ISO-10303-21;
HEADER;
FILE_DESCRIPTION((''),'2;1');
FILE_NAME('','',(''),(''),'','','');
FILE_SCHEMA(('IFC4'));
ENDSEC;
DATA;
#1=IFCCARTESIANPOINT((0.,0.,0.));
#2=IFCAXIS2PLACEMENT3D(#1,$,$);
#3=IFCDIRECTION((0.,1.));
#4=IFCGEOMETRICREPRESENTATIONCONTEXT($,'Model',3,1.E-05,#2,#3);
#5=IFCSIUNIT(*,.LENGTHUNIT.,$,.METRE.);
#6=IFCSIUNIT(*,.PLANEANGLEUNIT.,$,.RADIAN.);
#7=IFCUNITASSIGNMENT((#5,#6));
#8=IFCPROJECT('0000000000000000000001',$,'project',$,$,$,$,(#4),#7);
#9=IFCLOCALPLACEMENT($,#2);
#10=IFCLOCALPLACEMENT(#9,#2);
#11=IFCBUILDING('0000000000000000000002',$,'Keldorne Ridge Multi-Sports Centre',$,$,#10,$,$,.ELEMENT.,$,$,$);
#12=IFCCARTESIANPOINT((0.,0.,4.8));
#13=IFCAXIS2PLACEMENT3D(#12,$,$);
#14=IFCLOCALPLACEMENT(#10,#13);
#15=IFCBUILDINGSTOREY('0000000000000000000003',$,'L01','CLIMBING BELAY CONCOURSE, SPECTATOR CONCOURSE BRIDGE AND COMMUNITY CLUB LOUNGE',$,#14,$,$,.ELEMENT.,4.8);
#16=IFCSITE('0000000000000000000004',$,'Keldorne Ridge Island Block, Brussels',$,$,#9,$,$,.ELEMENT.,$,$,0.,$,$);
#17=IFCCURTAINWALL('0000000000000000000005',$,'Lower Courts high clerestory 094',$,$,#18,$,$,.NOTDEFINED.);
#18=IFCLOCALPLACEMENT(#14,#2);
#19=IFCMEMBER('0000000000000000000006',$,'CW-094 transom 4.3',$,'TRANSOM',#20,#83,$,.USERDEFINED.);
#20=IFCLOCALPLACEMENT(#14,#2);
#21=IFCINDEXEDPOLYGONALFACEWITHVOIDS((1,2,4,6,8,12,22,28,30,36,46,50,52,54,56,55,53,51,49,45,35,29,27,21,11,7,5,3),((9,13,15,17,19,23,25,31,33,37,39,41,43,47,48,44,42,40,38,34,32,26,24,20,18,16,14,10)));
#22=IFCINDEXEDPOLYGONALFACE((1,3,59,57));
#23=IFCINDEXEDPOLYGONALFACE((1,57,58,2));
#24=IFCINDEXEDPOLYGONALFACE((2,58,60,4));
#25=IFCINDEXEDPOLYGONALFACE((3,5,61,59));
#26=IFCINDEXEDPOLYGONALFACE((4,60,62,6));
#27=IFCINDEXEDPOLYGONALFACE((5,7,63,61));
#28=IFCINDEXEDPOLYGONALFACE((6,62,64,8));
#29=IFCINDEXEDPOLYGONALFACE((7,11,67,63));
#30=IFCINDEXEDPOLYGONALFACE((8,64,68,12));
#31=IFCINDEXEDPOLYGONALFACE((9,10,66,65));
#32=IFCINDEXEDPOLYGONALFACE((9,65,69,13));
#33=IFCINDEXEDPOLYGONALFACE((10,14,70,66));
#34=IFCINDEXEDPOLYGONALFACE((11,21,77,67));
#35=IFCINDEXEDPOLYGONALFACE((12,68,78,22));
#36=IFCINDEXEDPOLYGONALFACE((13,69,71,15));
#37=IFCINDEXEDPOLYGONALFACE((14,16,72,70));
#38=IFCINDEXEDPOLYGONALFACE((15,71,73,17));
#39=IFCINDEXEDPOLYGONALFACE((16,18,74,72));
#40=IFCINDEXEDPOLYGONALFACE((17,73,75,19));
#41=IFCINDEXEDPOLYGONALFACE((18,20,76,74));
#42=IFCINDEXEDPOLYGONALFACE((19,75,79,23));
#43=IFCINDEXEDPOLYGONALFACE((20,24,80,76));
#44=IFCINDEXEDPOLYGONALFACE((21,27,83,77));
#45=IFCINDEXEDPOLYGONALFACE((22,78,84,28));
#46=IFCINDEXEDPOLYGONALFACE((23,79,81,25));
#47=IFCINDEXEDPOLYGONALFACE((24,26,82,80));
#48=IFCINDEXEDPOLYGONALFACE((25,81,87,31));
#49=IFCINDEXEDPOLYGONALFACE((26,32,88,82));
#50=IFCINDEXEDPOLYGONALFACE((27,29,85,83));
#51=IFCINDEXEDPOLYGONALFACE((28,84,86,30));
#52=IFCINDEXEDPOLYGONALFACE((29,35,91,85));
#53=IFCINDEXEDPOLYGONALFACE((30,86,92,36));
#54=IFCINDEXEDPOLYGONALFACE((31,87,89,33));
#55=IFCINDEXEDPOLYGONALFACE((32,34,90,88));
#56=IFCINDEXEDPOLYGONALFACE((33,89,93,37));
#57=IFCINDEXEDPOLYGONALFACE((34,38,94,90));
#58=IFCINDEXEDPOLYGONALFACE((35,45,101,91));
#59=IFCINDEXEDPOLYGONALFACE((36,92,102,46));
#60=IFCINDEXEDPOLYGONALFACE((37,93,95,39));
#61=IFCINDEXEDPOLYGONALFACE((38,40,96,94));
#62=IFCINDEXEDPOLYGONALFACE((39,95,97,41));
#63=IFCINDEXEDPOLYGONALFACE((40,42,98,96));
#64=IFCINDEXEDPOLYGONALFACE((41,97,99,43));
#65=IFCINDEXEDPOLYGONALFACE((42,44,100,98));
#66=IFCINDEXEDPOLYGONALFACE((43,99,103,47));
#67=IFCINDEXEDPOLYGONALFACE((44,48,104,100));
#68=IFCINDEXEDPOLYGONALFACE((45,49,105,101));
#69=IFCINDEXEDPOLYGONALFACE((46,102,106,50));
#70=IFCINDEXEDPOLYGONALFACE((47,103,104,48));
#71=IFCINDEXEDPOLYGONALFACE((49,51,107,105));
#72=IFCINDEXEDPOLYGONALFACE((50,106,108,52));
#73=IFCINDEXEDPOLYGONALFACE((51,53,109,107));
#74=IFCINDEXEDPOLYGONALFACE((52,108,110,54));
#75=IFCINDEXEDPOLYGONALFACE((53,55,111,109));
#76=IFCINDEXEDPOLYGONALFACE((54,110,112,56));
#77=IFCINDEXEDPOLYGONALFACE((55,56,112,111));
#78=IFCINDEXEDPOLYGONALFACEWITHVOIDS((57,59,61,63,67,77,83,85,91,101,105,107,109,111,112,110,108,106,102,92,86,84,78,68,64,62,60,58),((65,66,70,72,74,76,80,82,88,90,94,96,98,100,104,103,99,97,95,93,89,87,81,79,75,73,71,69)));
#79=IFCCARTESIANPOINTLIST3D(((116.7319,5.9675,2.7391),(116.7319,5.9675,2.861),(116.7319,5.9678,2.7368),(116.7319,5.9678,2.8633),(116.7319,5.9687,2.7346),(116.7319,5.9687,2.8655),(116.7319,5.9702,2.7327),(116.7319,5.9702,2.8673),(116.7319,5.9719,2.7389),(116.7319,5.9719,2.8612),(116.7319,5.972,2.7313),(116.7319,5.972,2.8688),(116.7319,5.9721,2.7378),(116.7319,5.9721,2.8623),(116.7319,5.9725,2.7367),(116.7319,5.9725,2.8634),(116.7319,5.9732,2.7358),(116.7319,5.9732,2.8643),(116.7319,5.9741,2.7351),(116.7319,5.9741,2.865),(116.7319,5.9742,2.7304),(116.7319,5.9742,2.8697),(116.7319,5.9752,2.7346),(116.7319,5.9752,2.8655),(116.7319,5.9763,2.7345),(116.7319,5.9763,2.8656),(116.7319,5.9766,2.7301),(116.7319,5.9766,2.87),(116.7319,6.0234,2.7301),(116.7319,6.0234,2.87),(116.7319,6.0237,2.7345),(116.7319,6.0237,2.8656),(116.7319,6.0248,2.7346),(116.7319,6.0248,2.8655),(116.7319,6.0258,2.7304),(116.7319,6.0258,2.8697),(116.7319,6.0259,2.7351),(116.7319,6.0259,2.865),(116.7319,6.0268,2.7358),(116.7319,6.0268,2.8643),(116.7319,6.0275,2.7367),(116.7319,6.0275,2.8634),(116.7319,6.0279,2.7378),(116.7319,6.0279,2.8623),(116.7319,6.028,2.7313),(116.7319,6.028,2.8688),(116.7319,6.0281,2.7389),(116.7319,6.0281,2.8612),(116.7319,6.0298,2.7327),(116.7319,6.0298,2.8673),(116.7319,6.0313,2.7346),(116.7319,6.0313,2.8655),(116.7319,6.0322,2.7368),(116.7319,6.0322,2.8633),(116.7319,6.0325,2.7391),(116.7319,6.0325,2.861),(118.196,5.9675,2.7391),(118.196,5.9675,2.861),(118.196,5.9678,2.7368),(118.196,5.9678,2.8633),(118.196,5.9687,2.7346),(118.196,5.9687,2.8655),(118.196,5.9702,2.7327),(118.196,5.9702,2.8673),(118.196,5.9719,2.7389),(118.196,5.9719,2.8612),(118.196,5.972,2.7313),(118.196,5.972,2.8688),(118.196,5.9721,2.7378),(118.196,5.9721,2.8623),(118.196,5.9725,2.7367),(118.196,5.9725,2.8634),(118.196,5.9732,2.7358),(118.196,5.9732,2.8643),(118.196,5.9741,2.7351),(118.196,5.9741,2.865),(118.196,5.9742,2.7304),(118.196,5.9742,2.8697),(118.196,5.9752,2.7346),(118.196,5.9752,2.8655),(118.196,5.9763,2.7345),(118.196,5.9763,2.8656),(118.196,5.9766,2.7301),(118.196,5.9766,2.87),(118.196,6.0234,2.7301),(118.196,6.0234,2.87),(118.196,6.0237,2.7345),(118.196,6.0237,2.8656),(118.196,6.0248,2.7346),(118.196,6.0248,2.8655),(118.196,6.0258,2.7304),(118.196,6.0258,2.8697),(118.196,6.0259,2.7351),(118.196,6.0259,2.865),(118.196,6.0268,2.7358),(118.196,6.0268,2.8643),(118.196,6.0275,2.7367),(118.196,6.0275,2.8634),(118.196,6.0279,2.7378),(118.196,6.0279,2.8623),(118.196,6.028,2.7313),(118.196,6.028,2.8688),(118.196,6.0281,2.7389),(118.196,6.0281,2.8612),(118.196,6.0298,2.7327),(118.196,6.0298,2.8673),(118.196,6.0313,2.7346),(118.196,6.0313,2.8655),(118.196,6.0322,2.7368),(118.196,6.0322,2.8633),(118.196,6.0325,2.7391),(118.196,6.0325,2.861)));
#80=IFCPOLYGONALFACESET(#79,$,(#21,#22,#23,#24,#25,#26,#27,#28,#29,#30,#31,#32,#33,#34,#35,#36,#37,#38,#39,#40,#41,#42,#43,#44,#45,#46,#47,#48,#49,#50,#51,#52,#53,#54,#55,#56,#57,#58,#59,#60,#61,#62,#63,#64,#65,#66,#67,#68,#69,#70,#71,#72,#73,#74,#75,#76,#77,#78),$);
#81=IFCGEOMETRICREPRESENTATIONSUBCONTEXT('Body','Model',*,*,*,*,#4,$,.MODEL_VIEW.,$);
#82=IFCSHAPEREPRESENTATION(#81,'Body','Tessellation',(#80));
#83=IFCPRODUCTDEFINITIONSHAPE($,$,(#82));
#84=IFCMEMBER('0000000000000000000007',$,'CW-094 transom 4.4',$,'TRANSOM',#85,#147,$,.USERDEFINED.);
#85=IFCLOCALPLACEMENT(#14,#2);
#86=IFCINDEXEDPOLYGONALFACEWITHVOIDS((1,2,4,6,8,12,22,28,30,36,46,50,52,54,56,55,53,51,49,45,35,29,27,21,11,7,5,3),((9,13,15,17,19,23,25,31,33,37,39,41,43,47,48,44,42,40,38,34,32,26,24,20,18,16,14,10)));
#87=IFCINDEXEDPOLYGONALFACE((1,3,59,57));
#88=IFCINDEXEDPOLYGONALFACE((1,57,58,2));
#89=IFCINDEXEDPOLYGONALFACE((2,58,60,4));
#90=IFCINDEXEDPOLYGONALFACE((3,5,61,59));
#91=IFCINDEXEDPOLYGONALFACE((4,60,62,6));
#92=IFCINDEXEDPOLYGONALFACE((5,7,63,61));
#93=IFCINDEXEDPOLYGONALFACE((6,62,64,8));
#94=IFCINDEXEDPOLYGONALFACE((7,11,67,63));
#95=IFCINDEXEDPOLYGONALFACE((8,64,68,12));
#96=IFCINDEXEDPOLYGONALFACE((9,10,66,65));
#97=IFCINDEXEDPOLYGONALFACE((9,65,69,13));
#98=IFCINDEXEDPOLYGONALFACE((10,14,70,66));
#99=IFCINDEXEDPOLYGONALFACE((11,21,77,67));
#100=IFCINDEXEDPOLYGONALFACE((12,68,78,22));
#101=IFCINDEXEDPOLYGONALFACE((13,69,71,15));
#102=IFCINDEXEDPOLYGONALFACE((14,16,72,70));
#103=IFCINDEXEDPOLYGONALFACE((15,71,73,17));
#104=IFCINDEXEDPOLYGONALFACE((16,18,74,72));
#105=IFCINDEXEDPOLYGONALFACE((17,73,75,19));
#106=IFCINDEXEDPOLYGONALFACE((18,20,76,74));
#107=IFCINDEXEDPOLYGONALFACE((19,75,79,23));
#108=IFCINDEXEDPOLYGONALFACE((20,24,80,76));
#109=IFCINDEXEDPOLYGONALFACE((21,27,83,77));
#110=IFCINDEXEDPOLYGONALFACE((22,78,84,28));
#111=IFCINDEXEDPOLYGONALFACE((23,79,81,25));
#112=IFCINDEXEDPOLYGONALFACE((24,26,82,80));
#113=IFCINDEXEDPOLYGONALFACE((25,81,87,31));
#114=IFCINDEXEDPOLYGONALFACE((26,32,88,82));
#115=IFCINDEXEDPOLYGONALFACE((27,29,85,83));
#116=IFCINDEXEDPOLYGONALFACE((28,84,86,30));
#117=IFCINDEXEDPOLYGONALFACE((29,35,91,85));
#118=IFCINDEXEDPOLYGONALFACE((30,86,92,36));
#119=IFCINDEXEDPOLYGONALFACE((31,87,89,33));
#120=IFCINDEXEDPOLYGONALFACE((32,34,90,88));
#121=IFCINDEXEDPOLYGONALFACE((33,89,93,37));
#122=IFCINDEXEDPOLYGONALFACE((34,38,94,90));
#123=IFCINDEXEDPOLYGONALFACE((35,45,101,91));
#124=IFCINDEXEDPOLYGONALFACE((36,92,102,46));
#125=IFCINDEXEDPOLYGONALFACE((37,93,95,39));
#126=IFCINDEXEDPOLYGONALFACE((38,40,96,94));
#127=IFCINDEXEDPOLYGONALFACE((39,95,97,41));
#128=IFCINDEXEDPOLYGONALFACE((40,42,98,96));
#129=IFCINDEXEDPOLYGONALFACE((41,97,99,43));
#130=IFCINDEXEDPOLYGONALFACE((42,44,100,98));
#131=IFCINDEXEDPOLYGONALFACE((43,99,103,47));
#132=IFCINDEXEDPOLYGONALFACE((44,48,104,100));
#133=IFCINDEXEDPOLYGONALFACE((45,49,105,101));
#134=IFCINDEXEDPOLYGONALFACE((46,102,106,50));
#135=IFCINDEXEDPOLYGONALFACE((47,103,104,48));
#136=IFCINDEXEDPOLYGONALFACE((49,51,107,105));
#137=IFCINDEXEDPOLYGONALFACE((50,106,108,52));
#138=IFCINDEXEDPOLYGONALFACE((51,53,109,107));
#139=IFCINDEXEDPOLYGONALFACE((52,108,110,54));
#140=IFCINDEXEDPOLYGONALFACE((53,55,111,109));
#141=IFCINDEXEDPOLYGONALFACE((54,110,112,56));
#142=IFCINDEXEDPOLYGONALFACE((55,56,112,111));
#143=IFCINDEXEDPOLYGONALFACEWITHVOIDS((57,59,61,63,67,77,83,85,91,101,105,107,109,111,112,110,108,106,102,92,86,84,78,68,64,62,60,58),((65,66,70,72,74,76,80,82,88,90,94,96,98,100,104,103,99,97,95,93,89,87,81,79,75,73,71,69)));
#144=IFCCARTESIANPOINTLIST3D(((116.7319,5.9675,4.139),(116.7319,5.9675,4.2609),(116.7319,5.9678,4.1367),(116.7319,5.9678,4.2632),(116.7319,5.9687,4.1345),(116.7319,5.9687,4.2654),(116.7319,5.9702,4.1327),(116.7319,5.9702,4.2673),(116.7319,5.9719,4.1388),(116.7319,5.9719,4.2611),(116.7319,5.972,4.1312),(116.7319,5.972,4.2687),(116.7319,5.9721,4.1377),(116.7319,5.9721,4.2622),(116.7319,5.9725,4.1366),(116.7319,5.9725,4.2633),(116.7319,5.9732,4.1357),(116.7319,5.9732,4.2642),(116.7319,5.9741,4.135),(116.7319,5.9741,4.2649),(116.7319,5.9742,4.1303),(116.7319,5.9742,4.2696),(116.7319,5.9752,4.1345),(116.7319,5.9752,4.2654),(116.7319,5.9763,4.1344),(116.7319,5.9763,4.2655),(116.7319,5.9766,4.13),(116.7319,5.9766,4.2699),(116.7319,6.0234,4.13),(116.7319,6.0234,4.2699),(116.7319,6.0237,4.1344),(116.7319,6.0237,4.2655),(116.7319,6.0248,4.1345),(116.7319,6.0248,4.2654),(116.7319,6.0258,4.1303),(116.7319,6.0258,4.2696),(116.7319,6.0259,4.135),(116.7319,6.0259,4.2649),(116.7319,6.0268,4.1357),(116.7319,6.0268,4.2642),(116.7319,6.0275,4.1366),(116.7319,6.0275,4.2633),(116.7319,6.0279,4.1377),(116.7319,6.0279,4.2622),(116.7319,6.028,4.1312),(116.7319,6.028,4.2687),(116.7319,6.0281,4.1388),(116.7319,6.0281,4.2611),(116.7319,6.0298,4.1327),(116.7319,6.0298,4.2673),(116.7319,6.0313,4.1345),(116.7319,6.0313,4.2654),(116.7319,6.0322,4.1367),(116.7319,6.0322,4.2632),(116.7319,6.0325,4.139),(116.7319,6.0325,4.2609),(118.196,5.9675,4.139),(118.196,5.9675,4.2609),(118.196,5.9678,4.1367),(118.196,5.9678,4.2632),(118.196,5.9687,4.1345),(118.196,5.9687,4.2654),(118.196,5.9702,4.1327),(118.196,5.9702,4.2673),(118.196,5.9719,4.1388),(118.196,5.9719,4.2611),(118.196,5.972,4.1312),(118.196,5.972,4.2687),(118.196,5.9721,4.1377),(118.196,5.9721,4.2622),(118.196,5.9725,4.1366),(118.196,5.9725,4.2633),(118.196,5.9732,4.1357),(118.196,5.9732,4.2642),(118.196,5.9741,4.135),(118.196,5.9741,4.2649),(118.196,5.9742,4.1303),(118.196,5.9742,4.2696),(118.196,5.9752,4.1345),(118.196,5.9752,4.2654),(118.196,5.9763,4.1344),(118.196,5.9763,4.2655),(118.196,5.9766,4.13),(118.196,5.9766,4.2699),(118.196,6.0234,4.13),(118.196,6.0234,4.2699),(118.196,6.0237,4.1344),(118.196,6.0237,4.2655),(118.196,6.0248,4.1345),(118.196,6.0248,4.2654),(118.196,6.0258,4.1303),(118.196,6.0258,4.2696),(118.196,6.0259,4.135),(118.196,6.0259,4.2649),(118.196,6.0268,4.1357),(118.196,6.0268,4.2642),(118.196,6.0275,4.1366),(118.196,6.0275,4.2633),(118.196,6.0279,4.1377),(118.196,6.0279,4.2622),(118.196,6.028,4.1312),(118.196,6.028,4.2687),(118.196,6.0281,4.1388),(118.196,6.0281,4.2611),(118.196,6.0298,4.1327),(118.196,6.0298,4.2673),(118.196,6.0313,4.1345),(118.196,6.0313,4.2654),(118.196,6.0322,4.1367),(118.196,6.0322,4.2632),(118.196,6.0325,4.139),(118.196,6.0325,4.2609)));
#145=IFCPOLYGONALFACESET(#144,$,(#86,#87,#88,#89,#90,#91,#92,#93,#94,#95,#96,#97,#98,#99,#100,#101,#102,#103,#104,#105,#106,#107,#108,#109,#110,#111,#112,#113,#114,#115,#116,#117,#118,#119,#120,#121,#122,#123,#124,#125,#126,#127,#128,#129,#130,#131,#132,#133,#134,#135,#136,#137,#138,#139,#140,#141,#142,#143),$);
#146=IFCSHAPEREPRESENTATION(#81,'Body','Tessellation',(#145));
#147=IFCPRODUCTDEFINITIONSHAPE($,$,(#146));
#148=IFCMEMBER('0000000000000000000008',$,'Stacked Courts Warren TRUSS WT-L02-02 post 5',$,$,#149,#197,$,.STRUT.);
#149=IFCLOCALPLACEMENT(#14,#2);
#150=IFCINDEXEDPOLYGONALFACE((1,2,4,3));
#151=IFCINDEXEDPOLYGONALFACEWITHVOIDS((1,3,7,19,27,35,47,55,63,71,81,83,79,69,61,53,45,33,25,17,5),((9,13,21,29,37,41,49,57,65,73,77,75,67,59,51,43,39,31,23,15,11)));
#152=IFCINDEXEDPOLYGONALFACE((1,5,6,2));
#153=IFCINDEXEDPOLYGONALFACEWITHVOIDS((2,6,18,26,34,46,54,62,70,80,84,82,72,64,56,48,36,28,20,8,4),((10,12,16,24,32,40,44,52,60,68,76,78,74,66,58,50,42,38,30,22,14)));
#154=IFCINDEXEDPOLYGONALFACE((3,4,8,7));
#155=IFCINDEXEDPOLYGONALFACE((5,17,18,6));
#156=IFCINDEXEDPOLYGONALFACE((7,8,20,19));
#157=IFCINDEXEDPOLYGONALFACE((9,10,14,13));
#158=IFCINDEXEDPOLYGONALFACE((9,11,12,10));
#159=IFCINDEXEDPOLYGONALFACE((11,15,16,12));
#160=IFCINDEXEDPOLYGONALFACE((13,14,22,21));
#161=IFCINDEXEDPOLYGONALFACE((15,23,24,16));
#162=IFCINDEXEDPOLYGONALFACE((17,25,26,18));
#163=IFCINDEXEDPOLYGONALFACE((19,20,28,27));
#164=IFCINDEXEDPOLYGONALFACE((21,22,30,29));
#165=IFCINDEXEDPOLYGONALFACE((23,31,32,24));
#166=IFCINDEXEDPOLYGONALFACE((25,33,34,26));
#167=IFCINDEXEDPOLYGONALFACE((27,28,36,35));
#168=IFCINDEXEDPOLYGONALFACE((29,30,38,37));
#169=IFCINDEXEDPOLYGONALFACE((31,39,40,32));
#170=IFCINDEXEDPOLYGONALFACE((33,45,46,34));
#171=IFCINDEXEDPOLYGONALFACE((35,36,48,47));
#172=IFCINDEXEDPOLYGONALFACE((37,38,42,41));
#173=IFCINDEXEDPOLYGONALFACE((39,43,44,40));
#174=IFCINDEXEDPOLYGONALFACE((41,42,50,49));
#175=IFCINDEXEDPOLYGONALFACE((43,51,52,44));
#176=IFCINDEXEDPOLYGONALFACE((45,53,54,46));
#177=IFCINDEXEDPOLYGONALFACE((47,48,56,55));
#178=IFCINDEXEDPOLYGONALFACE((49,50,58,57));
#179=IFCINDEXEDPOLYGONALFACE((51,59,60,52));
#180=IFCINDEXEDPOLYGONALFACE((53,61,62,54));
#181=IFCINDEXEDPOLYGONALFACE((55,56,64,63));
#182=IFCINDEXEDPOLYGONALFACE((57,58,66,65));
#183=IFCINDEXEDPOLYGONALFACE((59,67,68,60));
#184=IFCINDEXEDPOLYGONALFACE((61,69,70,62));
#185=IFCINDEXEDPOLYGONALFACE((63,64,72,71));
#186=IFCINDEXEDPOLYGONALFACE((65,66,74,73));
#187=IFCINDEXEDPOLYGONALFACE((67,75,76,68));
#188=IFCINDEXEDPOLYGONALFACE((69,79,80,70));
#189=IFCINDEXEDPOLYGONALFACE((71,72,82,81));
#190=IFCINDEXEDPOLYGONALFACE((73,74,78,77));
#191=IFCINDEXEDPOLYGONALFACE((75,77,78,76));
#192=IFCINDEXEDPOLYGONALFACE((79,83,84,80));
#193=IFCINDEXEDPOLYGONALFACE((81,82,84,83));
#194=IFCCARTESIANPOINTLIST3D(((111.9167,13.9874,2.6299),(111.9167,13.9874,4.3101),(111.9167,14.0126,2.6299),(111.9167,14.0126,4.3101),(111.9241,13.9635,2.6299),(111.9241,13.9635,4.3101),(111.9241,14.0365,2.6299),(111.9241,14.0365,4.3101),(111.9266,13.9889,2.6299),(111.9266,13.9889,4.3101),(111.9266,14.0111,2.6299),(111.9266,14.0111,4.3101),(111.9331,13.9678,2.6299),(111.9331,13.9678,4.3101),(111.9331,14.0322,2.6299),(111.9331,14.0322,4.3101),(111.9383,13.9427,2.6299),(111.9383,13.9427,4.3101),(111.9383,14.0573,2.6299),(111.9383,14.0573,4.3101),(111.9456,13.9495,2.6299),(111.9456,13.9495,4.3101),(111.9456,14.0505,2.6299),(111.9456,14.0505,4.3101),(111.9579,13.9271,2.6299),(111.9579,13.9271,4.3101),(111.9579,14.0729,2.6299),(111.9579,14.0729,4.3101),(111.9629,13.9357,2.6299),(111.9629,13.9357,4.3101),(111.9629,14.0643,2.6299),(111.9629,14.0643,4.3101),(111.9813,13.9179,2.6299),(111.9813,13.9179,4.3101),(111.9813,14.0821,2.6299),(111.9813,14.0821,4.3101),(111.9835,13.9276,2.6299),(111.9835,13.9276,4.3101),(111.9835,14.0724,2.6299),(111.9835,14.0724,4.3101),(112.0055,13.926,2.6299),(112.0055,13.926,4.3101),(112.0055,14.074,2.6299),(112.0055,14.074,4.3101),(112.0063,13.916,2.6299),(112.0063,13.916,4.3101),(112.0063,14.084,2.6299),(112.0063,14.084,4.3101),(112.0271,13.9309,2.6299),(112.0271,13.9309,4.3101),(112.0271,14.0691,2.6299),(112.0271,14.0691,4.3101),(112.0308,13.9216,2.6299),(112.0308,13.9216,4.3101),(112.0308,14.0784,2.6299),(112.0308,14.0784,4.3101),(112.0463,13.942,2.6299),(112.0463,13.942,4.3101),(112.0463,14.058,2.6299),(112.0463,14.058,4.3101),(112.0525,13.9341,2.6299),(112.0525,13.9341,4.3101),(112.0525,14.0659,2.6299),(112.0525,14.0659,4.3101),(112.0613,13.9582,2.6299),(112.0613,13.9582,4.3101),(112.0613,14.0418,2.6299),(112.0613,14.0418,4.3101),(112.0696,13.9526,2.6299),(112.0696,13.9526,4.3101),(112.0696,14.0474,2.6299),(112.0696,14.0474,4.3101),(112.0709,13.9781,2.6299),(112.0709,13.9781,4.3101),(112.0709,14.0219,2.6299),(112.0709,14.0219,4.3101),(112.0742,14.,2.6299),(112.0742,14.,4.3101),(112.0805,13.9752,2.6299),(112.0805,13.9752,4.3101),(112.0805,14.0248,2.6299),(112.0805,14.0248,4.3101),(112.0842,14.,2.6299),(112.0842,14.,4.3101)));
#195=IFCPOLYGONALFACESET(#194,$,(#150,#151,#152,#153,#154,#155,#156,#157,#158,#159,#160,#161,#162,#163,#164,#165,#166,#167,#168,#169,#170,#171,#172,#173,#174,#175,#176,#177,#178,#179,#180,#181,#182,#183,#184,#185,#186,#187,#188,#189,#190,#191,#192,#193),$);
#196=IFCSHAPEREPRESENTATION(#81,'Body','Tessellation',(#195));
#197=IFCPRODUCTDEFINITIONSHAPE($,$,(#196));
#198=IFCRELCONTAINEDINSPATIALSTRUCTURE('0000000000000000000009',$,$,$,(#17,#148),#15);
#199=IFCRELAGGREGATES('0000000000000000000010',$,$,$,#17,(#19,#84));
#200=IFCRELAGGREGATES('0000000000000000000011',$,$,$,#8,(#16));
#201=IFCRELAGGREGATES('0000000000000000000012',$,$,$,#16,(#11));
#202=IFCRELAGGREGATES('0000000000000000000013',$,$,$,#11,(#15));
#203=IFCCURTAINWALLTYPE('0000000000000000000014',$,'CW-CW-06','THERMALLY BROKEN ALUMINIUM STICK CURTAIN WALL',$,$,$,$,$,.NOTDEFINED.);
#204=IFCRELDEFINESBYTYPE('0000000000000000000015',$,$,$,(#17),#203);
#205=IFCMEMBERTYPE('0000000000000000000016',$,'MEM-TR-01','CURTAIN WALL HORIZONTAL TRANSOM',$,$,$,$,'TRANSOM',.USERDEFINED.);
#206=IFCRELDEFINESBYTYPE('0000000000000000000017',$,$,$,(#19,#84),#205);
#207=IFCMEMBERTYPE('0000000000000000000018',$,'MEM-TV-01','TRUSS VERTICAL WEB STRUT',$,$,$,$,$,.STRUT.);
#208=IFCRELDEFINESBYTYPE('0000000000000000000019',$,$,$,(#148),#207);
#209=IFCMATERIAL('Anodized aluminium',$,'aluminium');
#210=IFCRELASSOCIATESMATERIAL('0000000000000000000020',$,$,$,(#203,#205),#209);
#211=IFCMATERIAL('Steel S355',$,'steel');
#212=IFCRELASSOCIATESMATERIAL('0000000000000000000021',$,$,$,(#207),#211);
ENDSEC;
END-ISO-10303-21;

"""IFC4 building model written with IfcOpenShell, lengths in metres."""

from ifc_helpers import new_model, si_unit, direction, frame, origin, origin_2d, place, context, subcontext, project, spatial, hollow_rectangle, hollow_circle, extrude, material, material_profile, profile_set, type_object, element, aggregate, save


model = new_model("IFC4")

# Units and contexts
model_context = context("Model", 3, precision=1e-05, world=origin(), true_north=direction((0.0, 1.0)))
body_context = subcontext(model_context, "Body", "Model", "MODEL_VIEW")
ifc_project = project(units=[si_unit("LENGTHUNIT", "METRE"), si_unit("PLANEANGLEUNIT", "RADIAN")], contexts=[model_context])

# Site, building, storey
site_placement = place(None, origin())
site = spatial("IfcSite", under=ifc_project, at=site_placement, Name="Keldorne Ridge Island Block, Brussels", CompositionType="ELEMENT", RefElevation=0.0)
building_placement = place(site_placement, origin())
building = spatial("IfcBuilding", under=site, at=building_placement, Name="Keldorne Ridge Multi-Sports Centre", CompositionType="ELEMENT")
storey_placement = place(building_placement, frame((0.0, 0.0, 4.8)))
storey = spatial("IfcBuildingStorey", under=building, at=storey_placement, Name="L01", Description="CLIMBING BELAY CONCOURSE, SPECTATOR CONCOURSE BRIDGE AND COMMUNITY CLUB LOUNGE", CompositionType="ELEMENT", Elevation=4.8)

# Curtain wall, members
ifc_material_1 = material(Name="Anodized aluminium", Category="aluminium")
curtain_wall_type = type_object("IfcCurtainWallType", Name="CW-CW-06", Description="THERMALLY BROKEN ALUMINIUM STICK CURTAIN WALL", PredefinedType="NOTDEFINED", material=ifc_material_1)
curtain_wall_placement = place(storey_placement, origin())
curtain_wall = element("IfcCurtainWall", 1, at=curtain_wall_placement, inside=storey, type_object=curtain_wall_type, Name="Lower Courts high clerestory 094", PredefinedType="NOTDEFINED")
ifc_material_profile_1 = material_profile(ifc_material_1, hollow_rectangle(XDim=0.0649, YDim=0.1399, WallThickness=0.0044, InnerFilletRadius=0.0044, OuterFilletRadius=0.009, at=origin_2d()), Name="ALU TRANSOM 140x65x4.5")
ifc_profile_set_1 = profile_set([ifc_material_profile_1], Name="Anodized aluminium")
member_type_1 = type_object("IfcMemberType", Name="MEM-TR-01", Description="CURTAIN WALL HORIZONTAL TRANSOM", ElementType="TRANSOM", PredefinedType="USERDEFINED", material=ifc_profile_set_1)
member_1_placement = place(storey_placement, frame((116.7319, 6.0, 2.8), z_axis=(1.0, 0.0, 0.0), x_axis=(0.0, 1.0, 0.0)))
member_1 = element("IfcMember", 2, at=member_1_placement, type_object=member_type_1, Name="CW-094 transom 4.3", ObjectType="TRANSOM", PredefinedType="USERDEFINED", context=body_context, shape_type="SweptSolid", body=[
    extrude(hollow_rectangle(XDim=0.0649, YDim=0.1399, WallThickness=0.0044, InnerFilletRadius=0.0044, OuterFilletRadius=0.009, at=origin_2d()), origin(), (0.0, 0.0, 1.0), 1.4641),
])
member_2_placement = place(storey_placement, frame((116.7319, 6.0, 4.2), z_axis=(1.0, 0.0, 0.0), x_axis=(0.0, 1.0, 0.0)))
member_2 = element("IfcMember", 3, at=member_2_placement, type_object=member_type_1, Name="CW-094 transom 4.4", ObjectType="TRANSOM", PredefinedType="USERDEFINED", context=body_context, shape_type="SweptSolid", body=[
    extrude(hollow_rectangle(XDim=0.0649, YDim=0.1399, WallThickness=0.0044, InnerFilletRadius=0.0044, OuterFilletRadius=0.009, at=origin_2d()), origin(), (0.0, 0.0, 1.0), 1.4641),
])

# Member
ifc_material_2 = material(Name="Steel S355", Category="steel")
ifc_material_profile_2 = material_profile(ifc_material_2, hollow_circle(Radius=0.0842, WallThickness=0.01, at=origin_2d()), Name="CHS 168.3x10")
ifc_profile_set_2 = profile_set([ifc_material_profile_2], Name="Steel S355")
member_type_2 = type_object("IfcMemberType", Name="MEM-TV-01", Description="TRUSS VERTICAL WEB STRUT", PredefinedType="STRUT", material=ifc_profile_set_2)
member_3_placement = place(storey_placement, frame((112.0, 14.0, 2.6299), z_axis=(0.0, 0.0, 1.0), x_axis=(1.0, 0.0, 0.0)))
element("IfcMember", 4, at=member_3_placement, inside=storey, type_object=member_type_2, Name="Stacked Courts Warren TRUSS WT-L02-02 post 5", PredefinedType="STRUT", context=body_context, shape_type="SweptSolid", body=[
    extrude(hollow_circle(Radius=0.0842, WallThickness=0.01, at=origin_2d()), origin(), (0.0, 0.0, 1.0), 1.6802),
])

aggregate(curtain_wall, [member_1, member_2])

save(model, "model.ifc")
